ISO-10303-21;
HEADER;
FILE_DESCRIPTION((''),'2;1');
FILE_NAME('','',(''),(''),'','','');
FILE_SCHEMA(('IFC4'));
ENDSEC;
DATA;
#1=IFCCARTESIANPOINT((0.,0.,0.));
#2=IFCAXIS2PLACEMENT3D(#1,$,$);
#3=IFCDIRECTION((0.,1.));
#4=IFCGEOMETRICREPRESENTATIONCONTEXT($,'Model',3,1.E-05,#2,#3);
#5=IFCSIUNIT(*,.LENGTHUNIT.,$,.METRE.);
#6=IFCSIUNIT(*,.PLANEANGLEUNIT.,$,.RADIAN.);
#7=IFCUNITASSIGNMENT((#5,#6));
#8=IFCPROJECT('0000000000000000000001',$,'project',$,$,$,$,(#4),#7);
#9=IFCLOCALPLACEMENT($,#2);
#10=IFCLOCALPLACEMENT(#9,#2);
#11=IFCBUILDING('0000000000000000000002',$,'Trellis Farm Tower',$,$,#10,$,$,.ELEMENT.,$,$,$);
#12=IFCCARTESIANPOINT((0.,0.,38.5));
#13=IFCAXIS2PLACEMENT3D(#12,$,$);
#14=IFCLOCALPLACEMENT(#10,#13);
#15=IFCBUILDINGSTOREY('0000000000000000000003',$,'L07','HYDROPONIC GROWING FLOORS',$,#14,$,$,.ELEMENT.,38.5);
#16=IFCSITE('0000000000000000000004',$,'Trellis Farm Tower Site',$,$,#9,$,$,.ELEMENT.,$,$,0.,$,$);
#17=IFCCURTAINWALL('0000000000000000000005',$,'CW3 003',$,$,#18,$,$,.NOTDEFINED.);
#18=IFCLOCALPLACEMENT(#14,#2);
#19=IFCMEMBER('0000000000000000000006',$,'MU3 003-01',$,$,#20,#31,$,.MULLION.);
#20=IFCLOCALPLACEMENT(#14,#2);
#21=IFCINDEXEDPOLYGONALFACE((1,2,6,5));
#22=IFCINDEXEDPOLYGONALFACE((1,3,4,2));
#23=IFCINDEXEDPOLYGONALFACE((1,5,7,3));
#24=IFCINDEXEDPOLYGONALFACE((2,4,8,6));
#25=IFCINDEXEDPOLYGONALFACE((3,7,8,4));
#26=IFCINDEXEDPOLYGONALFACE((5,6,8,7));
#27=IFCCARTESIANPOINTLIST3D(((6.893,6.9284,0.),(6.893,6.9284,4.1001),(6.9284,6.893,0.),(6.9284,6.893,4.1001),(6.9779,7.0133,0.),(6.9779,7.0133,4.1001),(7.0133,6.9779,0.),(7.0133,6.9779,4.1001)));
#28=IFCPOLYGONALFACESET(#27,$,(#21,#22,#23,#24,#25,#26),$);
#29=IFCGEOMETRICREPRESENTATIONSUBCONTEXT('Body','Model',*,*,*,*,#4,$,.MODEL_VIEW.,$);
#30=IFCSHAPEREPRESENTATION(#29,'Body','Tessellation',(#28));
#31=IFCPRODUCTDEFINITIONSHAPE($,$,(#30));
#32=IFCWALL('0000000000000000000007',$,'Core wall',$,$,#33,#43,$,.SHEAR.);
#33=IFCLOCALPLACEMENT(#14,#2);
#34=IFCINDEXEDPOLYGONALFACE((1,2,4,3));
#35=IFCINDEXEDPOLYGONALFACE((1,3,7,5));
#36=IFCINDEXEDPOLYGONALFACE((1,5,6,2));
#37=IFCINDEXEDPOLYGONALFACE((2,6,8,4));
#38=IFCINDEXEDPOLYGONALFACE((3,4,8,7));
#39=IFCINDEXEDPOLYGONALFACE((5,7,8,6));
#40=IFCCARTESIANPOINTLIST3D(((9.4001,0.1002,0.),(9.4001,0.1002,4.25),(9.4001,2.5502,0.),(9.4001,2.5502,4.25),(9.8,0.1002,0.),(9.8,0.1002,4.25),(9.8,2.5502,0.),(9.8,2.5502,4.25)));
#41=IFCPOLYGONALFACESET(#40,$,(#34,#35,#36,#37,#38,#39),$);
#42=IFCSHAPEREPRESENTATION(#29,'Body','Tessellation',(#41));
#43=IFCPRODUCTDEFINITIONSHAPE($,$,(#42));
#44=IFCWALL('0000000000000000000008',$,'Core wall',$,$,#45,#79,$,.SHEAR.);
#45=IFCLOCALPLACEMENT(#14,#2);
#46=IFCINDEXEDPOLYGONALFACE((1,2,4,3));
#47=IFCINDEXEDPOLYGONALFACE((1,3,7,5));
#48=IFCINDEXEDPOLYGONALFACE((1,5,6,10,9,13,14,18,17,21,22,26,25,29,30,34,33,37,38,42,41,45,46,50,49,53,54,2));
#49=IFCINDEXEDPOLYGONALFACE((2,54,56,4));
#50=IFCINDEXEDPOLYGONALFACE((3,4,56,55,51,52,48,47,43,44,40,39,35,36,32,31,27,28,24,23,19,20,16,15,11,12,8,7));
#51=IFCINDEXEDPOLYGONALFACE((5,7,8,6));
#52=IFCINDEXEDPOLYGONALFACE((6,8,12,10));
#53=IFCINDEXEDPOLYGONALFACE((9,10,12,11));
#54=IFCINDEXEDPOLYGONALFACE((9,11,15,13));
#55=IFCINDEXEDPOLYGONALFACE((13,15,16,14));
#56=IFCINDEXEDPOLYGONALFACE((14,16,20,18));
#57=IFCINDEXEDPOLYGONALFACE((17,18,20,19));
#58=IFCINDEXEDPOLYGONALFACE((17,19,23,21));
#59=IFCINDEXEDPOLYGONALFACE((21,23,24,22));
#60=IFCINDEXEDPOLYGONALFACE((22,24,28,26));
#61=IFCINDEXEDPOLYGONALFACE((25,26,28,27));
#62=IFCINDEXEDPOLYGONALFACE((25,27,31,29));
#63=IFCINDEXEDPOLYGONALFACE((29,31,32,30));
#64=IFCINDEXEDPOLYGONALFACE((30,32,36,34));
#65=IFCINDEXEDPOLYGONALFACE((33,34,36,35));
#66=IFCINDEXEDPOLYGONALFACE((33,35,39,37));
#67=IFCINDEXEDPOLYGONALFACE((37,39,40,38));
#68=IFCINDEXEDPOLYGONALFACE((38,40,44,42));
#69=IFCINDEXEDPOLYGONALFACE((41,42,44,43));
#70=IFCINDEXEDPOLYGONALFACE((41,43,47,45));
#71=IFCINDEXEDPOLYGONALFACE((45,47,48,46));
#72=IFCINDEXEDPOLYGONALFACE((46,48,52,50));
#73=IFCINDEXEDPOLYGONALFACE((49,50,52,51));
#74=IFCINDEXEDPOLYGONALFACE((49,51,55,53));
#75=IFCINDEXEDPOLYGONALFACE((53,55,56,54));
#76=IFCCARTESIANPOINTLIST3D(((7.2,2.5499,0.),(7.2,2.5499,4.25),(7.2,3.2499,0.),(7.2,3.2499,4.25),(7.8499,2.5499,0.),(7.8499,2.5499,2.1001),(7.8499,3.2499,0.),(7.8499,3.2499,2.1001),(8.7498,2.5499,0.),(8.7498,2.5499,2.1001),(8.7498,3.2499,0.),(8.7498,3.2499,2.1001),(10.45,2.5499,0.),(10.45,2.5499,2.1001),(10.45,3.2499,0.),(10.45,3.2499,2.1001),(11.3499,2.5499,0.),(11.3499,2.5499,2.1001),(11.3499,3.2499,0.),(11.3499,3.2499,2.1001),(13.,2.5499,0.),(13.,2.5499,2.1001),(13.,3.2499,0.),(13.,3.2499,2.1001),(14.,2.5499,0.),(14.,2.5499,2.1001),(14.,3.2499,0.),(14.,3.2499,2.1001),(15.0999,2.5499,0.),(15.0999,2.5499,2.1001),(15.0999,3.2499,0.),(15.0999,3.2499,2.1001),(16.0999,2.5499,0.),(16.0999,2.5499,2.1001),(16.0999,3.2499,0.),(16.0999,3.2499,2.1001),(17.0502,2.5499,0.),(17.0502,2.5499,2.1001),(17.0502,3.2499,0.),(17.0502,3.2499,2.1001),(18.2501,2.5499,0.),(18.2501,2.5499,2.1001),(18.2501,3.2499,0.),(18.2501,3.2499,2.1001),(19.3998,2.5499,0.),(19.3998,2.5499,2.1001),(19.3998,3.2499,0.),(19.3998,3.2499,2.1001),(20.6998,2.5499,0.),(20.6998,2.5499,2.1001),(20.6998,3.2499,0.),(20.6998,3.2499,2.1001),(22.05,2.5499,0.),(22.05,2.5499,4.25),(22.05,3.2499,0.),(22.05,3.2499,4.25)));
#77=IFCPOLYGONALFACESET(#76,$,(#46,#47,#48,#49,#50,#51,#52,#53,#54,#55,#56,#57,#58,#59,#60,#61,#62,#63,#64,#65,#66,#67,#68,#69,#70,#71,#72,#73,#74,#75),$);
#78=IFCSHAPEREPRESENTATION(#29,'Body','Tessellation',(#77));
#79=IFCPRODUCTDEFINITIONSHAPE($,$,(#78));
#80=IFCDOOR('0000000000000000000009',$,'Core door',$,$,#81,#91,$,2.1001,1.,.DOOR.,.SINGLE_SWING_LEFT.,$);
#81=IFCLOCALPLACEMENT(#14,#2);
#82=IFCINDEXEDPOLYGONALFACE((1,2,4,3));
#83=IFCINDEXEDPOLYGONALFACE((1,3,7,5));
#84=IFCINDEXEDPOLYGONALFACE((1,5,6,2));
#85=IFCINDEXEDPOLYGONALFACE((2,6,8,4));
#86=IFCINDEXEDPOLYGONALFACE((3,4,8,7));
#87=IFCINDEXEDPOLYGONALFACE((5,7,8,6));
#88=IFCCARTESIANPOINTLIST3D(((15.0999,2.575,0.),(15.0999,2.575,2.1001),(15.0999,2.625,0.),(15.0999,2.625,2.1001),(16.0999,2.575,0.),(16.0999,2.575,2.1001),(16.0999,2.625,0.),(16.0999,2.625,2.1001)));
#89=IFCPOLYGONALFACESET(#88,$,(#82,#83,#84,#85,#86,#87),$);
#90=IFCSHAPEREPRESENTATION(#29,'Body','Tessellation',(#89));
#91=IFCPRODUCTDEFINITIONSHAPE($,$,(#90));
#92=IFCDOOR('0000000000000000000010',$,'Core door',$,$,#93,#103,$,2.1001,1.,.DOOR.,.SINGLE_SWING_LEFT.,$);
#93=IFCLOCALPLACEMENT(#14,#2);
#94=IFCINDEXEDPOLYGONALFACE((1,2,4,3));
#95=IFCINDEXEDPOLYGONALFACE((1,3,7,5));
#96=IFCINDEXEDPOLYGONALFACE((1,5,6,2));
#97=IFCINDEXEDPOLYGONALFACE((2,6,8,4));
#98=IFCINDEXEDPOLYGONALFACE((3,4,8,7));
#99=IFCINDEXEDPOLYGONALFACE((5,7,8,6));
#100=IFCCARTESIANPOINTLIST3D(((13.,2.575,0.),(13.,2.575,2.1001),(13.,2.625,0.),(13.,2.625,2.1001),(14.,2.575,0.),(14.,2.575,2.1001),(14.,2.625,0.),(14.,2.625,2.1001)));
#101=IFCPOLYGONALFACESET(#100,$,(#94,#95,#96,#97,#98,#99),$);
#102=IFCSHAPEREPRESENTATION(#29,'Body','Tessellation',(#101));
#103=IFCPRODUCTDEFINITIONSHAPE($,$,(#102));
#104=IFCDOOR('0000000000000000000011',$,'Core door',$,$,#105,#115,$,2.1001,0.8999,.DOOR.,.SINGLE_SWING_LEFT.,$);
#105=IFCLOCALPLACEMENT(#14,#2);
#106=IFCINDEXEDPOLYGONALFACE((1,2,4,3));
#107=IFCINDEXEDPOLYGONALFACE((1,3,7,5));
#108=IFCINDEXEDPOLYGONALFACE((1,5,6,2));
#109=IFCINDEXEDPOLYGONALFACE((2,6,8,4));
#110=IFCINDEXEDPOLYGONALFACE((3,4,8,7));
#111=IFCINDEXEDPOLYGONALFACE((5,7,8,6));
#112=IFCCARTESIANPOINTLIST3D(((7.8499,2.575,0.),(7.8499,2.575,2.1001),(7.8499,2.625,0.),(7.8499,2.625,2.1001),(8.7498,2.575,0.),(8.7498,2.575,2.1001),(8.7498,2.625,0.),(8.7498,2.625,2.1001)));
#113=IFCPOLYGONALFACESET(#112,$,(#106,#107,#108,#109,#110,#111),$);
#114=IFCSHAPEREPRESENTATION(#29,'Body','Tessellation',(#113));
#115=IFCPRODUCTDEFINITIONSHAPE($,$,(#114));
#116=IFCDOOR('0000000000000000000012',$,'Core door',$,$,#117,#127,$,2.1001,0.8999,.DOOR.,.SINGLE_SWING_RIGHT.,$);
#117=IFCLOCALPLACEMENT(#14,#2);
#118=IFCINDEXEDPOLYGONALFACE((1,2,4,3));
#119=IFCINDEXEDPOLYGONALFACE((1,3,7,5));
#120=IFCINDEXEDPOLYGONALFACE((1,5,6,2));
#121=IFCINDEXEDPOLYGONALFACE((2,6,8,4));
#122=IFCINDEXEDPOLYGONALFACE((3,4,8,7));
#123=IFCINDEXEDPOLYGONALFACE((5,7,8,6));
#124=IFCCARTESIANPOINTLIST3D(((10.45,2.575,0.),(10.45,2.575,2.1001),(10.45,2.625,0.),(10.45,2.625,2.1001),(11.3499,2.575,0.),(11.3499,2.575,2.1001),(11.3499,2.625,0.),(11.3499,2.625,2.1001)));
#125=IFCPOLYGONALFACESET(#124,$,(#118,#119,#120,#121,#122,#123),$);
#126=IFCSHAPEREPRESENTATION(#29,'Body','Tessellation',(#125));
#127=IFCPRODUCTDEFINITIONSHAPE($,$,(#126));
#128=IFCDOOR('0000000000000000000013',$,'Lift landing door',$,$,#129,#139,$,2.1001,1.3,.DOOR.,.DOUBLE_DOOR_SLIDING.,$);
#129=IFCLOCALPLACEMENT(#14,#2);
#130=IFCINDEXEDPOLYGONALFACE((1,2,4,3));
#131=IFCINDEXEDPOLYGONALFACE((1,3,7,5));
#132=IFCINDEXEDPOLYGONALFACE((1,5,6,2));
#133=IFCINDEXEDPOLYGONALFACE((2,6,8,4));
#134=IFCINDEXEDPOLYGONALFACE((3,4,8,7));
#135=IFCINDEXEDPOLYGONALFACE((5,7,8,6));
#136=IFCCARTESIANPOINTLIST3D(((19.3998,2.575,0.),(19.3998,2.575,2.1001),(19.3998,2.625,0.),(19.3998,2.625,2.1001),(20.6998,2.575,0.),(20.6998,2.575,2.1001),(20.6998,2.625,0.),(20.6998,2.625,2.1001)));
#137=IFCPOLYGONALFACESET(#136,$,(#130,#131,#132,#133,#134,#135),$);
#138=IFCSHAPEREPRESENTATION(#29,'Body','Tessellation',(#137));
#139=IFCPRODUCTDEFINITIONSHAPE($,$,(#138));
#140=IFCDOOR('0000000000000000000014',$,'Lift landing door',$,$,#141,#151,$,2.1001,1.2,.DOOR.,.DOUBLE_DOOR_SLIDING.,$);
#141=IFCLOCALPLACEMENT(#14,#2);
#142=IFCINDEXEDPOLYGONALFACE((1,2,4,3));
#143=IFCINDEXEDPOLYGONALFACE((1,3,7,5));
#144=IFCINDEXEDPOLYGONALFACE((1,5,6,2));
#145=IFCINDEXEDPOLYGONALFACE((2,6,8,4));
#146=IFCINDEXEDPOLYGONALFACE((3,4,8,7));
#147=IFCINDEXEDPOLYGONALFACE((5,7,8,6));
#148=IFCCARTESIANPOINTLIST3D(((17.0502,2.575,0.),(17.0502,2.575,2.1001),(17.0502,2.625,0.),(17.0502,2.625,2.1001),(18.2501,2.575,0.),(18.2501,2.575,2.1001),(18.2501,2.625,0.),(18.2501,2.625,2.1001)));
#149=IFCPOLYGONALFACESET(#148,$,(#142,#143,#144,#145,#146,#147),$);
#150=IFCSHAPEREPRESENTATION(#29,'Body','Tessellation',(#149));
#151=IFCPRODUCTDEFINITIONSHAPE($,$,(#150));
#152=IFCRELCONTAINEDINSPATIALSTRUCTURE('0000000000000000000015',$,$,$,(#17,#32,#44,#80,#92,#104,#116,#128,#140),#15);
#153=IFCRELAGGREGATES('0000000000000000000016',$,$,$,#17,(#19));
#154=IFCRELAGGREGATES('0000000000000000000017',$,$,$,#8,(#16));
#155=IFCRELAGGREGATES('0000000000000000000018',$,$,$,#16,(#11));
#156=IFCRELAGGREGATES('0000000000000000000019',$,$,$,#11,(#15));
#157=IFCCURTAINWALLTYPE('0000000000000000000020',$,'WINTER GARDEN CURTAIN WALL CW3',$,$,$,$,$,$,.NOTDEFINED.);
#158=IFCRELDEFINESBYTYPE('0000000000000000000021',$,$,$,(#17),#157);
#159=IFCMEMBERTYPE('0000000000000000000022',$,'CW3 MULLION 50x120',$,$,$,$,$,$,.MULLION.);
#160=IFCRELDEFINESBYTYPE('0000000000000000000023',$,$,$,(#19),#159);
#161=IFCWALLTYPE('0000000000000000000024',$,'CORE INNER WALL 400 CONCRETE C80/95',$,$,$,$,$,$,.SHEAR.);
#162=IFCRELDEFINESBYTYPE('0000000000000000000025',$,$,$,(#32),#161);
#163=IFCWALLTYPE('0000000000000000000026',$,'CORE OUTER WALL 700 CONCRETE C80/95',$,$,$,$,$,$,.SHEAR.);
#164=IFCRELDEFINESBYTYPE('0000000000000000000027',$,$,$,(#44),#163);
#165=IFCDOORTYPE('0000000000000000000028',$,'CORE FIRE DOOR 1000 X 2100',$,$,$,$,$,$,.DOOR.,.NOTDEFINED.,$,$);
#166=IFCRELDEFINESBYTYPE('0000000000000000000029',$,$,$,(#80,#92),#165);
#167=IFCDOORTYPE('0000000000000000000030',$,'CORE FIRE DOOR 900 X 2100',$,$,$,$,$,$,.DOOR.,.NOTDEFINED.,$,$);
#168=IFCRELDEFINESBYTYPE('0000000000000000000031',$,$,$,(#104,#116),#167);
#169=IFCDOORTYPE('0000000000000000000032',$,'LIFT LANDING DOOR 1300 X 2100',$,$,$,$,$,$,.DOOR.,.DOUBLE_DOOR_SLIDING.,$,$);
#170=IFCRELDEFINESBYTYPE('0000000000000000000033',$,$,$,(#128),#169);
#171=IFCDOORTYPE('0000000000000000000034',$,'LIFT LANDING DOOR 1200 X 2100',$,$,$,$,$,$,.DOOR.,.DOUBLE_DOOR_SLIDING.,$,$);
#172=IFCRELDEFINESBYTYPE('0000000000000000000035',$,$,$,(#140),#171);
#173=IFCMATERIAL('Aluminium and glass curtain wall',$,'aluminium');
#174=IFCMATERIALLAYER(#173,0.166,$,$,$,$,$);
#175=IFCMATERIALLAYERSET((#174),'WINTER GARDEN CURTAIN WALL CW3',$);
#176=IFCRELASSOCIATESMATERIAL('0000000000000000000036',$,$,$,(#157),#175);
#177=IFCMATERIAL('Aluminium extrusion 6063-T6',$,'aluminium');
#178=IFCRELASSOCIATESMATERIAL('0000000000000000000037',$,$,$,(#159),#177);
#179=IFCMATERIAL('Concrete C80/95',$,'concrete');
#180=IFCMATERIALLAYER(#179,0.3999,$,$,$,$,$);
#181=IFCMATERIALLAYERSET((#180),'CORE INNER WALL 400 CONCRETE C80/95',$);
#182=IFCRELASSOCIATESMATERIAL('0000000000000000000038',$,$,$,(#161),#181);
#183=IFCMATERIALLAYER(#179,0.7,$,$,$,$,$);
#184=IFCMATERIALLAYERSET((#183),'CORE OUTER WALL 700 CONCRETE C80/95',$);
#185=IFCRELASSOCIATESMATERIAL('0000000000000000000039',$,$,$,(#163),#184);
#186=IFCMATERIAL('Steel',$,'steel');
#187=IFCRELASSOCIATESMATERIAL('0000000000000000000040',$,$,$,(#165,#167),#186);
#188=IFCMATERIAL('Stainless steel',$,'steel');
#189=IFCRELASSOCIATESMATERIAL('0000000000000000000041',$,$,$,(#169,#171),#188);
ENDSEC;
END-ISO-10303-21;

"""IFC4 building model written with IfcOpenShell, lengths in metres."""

from ifc_helpers import new_model, si_unit, direction, frame, frame_2d, origin, origin_2d, place, context, subcontext, project, spatial, rectangle, extrude, source, transform, mapped, material, layer, layer_set, material_profile, profile_set, type_object, element, fill, aggregate, save


model = new_model("IFC4")

# Units and contexts
model_context = context("Model", 3, precision=1e-05, world=origin(), true_north=direction((0.0, 1.0)))
body_context = subcontext(model_context, "Body", "Model", "MODEL_VIEW")
ifc_project = project(units=[si_unit("LENGTHUNIT", "METRE"), si_unit("PLANEANGLEUNIT", "RADIAN")], contexts=[model_context])

# Site, building, storey
site_placement = place(None, origin())
site = spatial("IfcSite", under=ifc_project, at=site_placement, Name="Trellis Farm Tower Site", CompositionType="ELEMENT", RefElevation=0.0)
building_placement = place(site_placement, origin())
building = spatial("IfcBuilding", under=site, at=building_placement, Name="Trellis Farm Tower", CompositionType="ELEMENT")
storey_placement = place(building_placement, frame((0.0, 0.0, 38.5)))
storey = spatial("IfcBuildingStorey", under=building, at=storey_placement, Name="L07", Description="HYDROPONIC GROWING FLOORS", CompositionType="ELEMENT", Elevation=38.5)

# Shared definitions
ifc_material_1 = material(Name="Concrete C80/95", Category="concrete")

# Shared definitions
ifc_material_2 = material(Name="Aluminium and glass curtain wall", Category="aluminium")
placement = place(storey_placement, origin())
ifc_material_3 = material(Name="Aluminium extrusion 6063-T6", Category="aluminium")

# Curtain wall, member
ifc_layer_1 = layer(ifc_material_2, 0.166)
ifc_layer_set_1 = layer_set([ifc_layer_1], Name="WINTER GARDEN CURTAIN WALL CW3")
curtain_wall_type_1 = type_object("IfcCurtainWallType", Name="WINTER GARDEN CURTAIN WALL CW3", PredefinedType="NOTDEFINED", material=ifc_layer_set_1)
curtain_wall_1 = element("IfcCurtainWall", 1, at=placement, inside=storey, type_object=curtain_wall_type_1, Name="CW3 003", PredefinedType="NOTDEFINED")
ifc_material_profile_1 = material_profile(ifc_material_3, rectangle(XDim=0.05, YDim=0.1201, at=origin_2d()), Name="MULLION 50x120")
ifc_profile_set_1 = profile_set([ifc_material_profile_1], Name="Aluminium extrusion 6063-T6")
member_type_1 = type_object("IfcMemberType", Name="CW3 MULLION 50x120", PredefinedType="MULLION", material=ifc_profile_set_1)
shared_shape_1 = source(origin(), body_context, "Body", "SweptSolid", [
    extrude(rectangle(XDim=0.05, YDim=0.1201, at=origin_2d()), origin(), (0.0, 0.0, 1.0), 4.1001),
])
member_1_placement = place(storey_placement, frame((6.9531, 6.9531, 0.0), z_axis=(0.0, 0.0, 1.0), x_axis=(-0.707107, 0.707107, 0.0)))
member_1 = element("IfcMember", 2, at=member_1_placement, type_object=member_type_1, Name="MU3 003-01", PredefinedType="MULLION", context=body_context, shape_type="MappedRepresentation", body=[
    mapped(shared_shape_1, transform((0.0, 0.0, 0.0))),
])
aggregate(curtain_wall_1, [member_1])

# Wall
ifc_layer_2 = layer(ifc_material_1, 0.3999)
ifc_layer_set_2 = layer_set([ifc_layer_2], Name="CORE INNER WALL 400 CONCRETE C80/95")
wall_type_1 = type_object("IfcWallType", Name="CORE INNER WALL 400 CONCRETE C80/95", PredefinedType="SHEAR", material=ifc_layer_set_2)
shared_shape_2 = source(origin(), body_context, "Body", "SweptSolid", [
    extrude(rectangle(XDim=2.45, YDim=0.3999, at=frame_2d((1.2251, 0.0))), origin(), (0.0, 0.0, 1.0), 4.25),
])
wall_1_placement = place(storey_placement, frame((9.6001, 0.1001, 0.0), z_axis=(0.0, 0.0, 1.0), x_axis=(0.0, 1.0, 0.0)))
element("IfcWall", 3, at=wall_1_placement, inside=storey, type_object=wall_type_1, Name="Core wall", PredefinedType="SHEAR", context=body_context, shape_type="MappedRepresentation", body=[
    mapped(shared_shape_2, transform((0.0, 0.0, 0.0))),
])

# Wall, openings, doors
ifc_layer_3 = layer(ifc_material_1, 0.7)
ifc_layer_set_3 = layer_set([ifc_layer_3], Name="CORE OUTER WALL 700 CONCRETE C80/95")
wall_type_2 = type_object("IfcWallType", Name="CORE OUTER WALL 700 CONCRETE C80/95", PredefinedType="SHEAR", material=ifc_layer_set_3)
shared_shape_3 = source(origin(), body_context, "Body", "SweptSolid", [
    extrude(rectangle(XDim=14.8501, YDim=0.7, at=frame_2d((7.425, 0.0))), origin(), (0.0, 0.0, 1.0), 4.25),
])
wall_2_placement = place(storey_placement, frame((7.2, 2.8999, 0.0), z_axis=(0.0, 0.0, 1.0), x_axis=(1.0, 0.0, 0.0)))
wall_2 = element("IfcWall", 4, at=wall_2_placement, inside=storey, type_object=wall_type_2, Name="Core wall", PredefinedType="SHEAR", context=body_context, shape_type="MappedRepresentation", body=[
    mapped(shared_shape_3, transform((0.0, 0.0, 0.0))),
])
shared_shape_4 = source(origin(), body_context, "Body", "SweptSolid", [
    extrude(rectangle(XDim=1.3, YDim=2.1001, at=frame_2d((0.6499, 1.05))), frame((0.0, 0.3601, 0.0), z_axis=(0.0, -1.0, 0.0), x_axis=(1.0, 0.0, 0.0)), (0.0, 0.0, 1.0), 0.7202),
])
opening_1_placement = place(wall_2_placement, frame((12.2, 0.0, 0.0)))
opening_1 = element("IfcOpeningElement", 5, at=opening_1_placement, cuts=wall_2, PredefinedType="OPENING", context=body_context, shape_type="MappedRepresentation", body=[
    mapped(shared_shape_4, transform((0.0, 0.0, 0.0))),
])
shared_shape_5 = source(origin(), body_context, "Body", "SweptSolid", [
    extrude(rectangle(XDim=1.2, YDim=2.1001, at=frame_2d((0.6001, 1.05))), frame((0.0, 0.3601, 0.0), z_axis=(0.0, -1.0, 0.0), x_axis=(1.0, 0.0, 0.0)), (0.0, 0.0, 1.0), 0.7202),
])
opening_2_placement = place(wall_2_placement, frame((9.8501, 0.0, 0.0)))
opening_2 = element("IfcOpeningElement", 6, at=opening_2_placement, cuts=wall_2, PredefinedType="OPENING", context=body_context, shape_type="MappedRepresentation", body=[
    mapped(shared_shape_5, transform((0.0, 0.0, 0.0))),
])
shared_shape_6 = source(origin(), body_context, "Body", "SweptSolid", [
    extrude(rectangle(XDim=1.0, YDim=2.1001, at=frame_2d((0.5, 1.05))), frame((0.0, 0.3601, 0.0), z_axis=(0.0, -1.0, 0.0), x_axis=(1.0, 0.0, 0.0)), (0.0, 0.0, 1.0), 0.7202),
])
opening_3_placement = place(wall_2_placement, frame((7.8999, 0.0, 0.0)))
opening_3 = element("IfcOpeningElement", 7, at=opening_3_placement, cuts=wall_2, PredefinedType="OPENING", context=body_context, shape_type="MappedRepresentation", body=[
    mapped(shared_shape_6, transform((0.0, 0.0, 0.0))),
])
shared_shape_7 = source(origin(), body_context, "Body", "SweptSolid", [
    extrude(rectangle(XDim=0.8999, YDim=2.1001, at=frame_2d((0.45, 1.05))), frame((0.0, 0.3601, 0.0), z_axis=(0.0, -1.0, 0.0), x_axis=(1.0, 0.0, 0.0)), (0.0, 0.0, 1.0), 0.7202),
])
opening_4_placement = place(wall_2_placement, frame((0.6499, 0.0, 0.0)))
opening_4 = element("IfcOpeningElement", 8, at=opening_4_placement, cuts=wall_2, PredefinedType="OPENING", context=body_context, shape_type="MappedRepresentation", body=[
    mapped(shared_shape_7, transform((0.0, 0.0, 0.0))),
])
opening_5_placement = place(wall_2_placement, frame((3.25, 0.0, 0.0)))
opening_5 = element("IfcOpeningElement", 9, at=opening_5_placement, cuts=wall_2, PredefinedType="OPENING", context=body_context, shape_type="MappedRepresentation", body=[
    mapped(shared_shape_7, transform((0.0, 0.0, 0.0))),
])
opening_6_placement = place(wall_2_placement, frame((5.8, 0.0, 0.0)))
opening_6 = element("IfcOpeningElement", 10, at=opening_6_placement, cuts=wall_2, PredefinedType="OPENING", context=body_context, shape_type="MappedRepresentation", body=[
    mapped(shared_shape_6, transform((0.0, 0.0, 0.0))),
])
ifc_material_4 = material(Name="Steel", Category="steel")
door_type_1 = type_object("IfcDoorType", Name="CORE FIRE DOOR 1000 X 2100", OperationType="NOTDEFINED", PredefinedType="DOOR", material=ifc_material_4)
shared_shape_8 = source(origin(), body_context, "Body", "SweptSolid", [
    extrude(rectangle(XDim=1.0, YDim=2.1001, at=frame_2d((0.5, 1.05))), frame((0.0, -0.2749, 0.0), z_axis=(0.0, -1.0, 0.0), x_axis=(1.0, 0.0, 0.0)), (0.0, 0.0, 1.0), 0.05),
])
door_1_placement = place(opening_3_placement, origin())
door_1 = element("IfcDoor", 11, at=door_1_placement, inside=storey, type_object=door_type_1, Name="Core door", OperationType="SINGLE_SWING_LEFT", OverallHeight=2.1001, OverallWidth=1.0, PredefinedType="DOOR", context=body_context, shape_type="MappedRepresentation", body=[
    mapped(shared_shape_8, transform((0.0, 0.0, 0.0))),
])
fill(opening_3, door_1)
door_2_placement = place(opening_6_placement, origin())
door_2 = element("IfcDoor", 12, at=door_2_placement, inside=storey, type_object=door_type_1, Name="Core door", OperationType="SINGLE_SWING_LEFT", OverallHeight=2.1001, OverallWidth=1.0, PredefinedType="DOOR", context=body_context, shape_type="MappedRepresentation", body=[
    mapped(shared_shape_8, transform((0.0, 0.0, 0.0))),
])
fill(opening_6, door_2)
door_type_2 = type_object("IfcDoorType", Name="CORE FIRE DOOR 900 X 2100", OperationType="NOTDEFINED", PredefinedType="DOOR", material=ifc_material_4)
shared_shape_9 = source(origin(), body_context, "Body", "SweptSolid", [
    extrude(rectangle(XDim=0.8999, YDim=2.1001, at=frame_2d((0.45, 1.05))), frame((0.0, -0.2749, 0.0), z_axis=(0.0, -1.0, 0.0), x_axis=(1.0, 0.0, 0.0)), (0.0, 0.0, 1.0), 0.05),
])
door_3_placement = place(opening_4_placement, origin())
door_3 = element("IfcDoor", 13, at=door_3_placement, inside=storey, type_object=door_type_2, Name="Core door", OperationType="SINGLE_SWING_LEFT", OverallHeight=2.1001, OverallWidth=0.8999, PredefinedType="DOOR", context=body_context, shape_type="MappedRepresentation", body=[
    mapped(shared_shape_9, transform((0.0, 0.0, 0.0))),
])
fill(opening_4, door_3)
door_4_placement = place(opening_5_placement, origin())
door_4 = element("IfcDoor", 14, at=door_4_placement, inside=storey, type_object=door_type_2, Name="Core door", OperationType="SINGLE_SWING_RIGHT", OverallHeight=2.1001, OverallWidth=0.8999, PredefinedType="DOOR", context=body_context, shape_type="MappedRepresentation", body=[
    mapped(shared_shape_9, transform((0.0, 0.0, 0.0))),
])
fill(opening_5, door_4)
ifc_material_5 = material(Name="Stainless steel", Category="steel")
door_type_3 = type_object("IfcDoorType", Name="LIFT LANDING DOOR 1300 X 2100", OperationType="DOUBLE_DOOR_SLIDING", PredefinedType="DOOR", material=ifc_material_5)
shared_shape_10 = source(origin(), body_context, "Body", "SweptSolid", [
    extrude(rectangle(XDim=1.3, YDim=2.1001, at=frame_2d((0.6499, 1.05))), frame((0.0, -0.2749, 0.0), z_axis=(0.0, -1.0, 0.0), x_axis=(1.0, 0.0, 0.0)), (0.0, 0.0, 1.0), 0.05),
])
door_5_placement = place(opening_1_placement, origin())
door_5 = element("IfcDoor", 15, at=door_5_placement, inside=storey, type_object=door_type_3, Name="Lift landing door", OperationType="DOUBLE_DOOR_SLIDING", OverallHeight=2.1001, OverallWidth=1.3, PredefinedType="DOOR", context=body_context, shape_type="MappedRepresentation", body=[
    mapped(shared_shape_10, transform((0.0, 0.0, 0.0))),
])
fill(opening_1, door_5)
door_type_4 = type_object("IfcDoorType", Name="LIFT LANDING DOOR 1200 X 2100", OperationType="DOUBLE_DOOR_SLIDING", PredefinedType="DOOR", material=ifc_material_5)
shared_shape_11 = source(origin(), body_context, "Body", "SweptSolid", [
    extrude(rectangle(XDim=1.2, YDim=2.1001, at=frame_2d((0.6001, 1.05))), frame((0.0, -0.2749, 0.0), z_axis=(0.0, -1.0, 0.0), x_axis=(1.0, 0.0, 0.0)), (0.0, 0.0, 1.0), 0.05),
])
door_6_placement = place(opening_2_placement, origin())
door_6 = element("IfcDoor", 16, at=door_6_placement, inside=storey, type_object=door_type_4, Name="Lift landing door", OperationType="DOUBLE_DOOR_SLIDING", OverallHeight=2.1001, OverallWidth=1.2, PredefinedType="DOOR", context=body_context, shape_type="MappedRepresentation", body=[
    mapped(shared_shape_11, transform((0.0, 0.0, 0.0))),
])
fill(opening_2, door_6)

save(model, "model.ifc")
